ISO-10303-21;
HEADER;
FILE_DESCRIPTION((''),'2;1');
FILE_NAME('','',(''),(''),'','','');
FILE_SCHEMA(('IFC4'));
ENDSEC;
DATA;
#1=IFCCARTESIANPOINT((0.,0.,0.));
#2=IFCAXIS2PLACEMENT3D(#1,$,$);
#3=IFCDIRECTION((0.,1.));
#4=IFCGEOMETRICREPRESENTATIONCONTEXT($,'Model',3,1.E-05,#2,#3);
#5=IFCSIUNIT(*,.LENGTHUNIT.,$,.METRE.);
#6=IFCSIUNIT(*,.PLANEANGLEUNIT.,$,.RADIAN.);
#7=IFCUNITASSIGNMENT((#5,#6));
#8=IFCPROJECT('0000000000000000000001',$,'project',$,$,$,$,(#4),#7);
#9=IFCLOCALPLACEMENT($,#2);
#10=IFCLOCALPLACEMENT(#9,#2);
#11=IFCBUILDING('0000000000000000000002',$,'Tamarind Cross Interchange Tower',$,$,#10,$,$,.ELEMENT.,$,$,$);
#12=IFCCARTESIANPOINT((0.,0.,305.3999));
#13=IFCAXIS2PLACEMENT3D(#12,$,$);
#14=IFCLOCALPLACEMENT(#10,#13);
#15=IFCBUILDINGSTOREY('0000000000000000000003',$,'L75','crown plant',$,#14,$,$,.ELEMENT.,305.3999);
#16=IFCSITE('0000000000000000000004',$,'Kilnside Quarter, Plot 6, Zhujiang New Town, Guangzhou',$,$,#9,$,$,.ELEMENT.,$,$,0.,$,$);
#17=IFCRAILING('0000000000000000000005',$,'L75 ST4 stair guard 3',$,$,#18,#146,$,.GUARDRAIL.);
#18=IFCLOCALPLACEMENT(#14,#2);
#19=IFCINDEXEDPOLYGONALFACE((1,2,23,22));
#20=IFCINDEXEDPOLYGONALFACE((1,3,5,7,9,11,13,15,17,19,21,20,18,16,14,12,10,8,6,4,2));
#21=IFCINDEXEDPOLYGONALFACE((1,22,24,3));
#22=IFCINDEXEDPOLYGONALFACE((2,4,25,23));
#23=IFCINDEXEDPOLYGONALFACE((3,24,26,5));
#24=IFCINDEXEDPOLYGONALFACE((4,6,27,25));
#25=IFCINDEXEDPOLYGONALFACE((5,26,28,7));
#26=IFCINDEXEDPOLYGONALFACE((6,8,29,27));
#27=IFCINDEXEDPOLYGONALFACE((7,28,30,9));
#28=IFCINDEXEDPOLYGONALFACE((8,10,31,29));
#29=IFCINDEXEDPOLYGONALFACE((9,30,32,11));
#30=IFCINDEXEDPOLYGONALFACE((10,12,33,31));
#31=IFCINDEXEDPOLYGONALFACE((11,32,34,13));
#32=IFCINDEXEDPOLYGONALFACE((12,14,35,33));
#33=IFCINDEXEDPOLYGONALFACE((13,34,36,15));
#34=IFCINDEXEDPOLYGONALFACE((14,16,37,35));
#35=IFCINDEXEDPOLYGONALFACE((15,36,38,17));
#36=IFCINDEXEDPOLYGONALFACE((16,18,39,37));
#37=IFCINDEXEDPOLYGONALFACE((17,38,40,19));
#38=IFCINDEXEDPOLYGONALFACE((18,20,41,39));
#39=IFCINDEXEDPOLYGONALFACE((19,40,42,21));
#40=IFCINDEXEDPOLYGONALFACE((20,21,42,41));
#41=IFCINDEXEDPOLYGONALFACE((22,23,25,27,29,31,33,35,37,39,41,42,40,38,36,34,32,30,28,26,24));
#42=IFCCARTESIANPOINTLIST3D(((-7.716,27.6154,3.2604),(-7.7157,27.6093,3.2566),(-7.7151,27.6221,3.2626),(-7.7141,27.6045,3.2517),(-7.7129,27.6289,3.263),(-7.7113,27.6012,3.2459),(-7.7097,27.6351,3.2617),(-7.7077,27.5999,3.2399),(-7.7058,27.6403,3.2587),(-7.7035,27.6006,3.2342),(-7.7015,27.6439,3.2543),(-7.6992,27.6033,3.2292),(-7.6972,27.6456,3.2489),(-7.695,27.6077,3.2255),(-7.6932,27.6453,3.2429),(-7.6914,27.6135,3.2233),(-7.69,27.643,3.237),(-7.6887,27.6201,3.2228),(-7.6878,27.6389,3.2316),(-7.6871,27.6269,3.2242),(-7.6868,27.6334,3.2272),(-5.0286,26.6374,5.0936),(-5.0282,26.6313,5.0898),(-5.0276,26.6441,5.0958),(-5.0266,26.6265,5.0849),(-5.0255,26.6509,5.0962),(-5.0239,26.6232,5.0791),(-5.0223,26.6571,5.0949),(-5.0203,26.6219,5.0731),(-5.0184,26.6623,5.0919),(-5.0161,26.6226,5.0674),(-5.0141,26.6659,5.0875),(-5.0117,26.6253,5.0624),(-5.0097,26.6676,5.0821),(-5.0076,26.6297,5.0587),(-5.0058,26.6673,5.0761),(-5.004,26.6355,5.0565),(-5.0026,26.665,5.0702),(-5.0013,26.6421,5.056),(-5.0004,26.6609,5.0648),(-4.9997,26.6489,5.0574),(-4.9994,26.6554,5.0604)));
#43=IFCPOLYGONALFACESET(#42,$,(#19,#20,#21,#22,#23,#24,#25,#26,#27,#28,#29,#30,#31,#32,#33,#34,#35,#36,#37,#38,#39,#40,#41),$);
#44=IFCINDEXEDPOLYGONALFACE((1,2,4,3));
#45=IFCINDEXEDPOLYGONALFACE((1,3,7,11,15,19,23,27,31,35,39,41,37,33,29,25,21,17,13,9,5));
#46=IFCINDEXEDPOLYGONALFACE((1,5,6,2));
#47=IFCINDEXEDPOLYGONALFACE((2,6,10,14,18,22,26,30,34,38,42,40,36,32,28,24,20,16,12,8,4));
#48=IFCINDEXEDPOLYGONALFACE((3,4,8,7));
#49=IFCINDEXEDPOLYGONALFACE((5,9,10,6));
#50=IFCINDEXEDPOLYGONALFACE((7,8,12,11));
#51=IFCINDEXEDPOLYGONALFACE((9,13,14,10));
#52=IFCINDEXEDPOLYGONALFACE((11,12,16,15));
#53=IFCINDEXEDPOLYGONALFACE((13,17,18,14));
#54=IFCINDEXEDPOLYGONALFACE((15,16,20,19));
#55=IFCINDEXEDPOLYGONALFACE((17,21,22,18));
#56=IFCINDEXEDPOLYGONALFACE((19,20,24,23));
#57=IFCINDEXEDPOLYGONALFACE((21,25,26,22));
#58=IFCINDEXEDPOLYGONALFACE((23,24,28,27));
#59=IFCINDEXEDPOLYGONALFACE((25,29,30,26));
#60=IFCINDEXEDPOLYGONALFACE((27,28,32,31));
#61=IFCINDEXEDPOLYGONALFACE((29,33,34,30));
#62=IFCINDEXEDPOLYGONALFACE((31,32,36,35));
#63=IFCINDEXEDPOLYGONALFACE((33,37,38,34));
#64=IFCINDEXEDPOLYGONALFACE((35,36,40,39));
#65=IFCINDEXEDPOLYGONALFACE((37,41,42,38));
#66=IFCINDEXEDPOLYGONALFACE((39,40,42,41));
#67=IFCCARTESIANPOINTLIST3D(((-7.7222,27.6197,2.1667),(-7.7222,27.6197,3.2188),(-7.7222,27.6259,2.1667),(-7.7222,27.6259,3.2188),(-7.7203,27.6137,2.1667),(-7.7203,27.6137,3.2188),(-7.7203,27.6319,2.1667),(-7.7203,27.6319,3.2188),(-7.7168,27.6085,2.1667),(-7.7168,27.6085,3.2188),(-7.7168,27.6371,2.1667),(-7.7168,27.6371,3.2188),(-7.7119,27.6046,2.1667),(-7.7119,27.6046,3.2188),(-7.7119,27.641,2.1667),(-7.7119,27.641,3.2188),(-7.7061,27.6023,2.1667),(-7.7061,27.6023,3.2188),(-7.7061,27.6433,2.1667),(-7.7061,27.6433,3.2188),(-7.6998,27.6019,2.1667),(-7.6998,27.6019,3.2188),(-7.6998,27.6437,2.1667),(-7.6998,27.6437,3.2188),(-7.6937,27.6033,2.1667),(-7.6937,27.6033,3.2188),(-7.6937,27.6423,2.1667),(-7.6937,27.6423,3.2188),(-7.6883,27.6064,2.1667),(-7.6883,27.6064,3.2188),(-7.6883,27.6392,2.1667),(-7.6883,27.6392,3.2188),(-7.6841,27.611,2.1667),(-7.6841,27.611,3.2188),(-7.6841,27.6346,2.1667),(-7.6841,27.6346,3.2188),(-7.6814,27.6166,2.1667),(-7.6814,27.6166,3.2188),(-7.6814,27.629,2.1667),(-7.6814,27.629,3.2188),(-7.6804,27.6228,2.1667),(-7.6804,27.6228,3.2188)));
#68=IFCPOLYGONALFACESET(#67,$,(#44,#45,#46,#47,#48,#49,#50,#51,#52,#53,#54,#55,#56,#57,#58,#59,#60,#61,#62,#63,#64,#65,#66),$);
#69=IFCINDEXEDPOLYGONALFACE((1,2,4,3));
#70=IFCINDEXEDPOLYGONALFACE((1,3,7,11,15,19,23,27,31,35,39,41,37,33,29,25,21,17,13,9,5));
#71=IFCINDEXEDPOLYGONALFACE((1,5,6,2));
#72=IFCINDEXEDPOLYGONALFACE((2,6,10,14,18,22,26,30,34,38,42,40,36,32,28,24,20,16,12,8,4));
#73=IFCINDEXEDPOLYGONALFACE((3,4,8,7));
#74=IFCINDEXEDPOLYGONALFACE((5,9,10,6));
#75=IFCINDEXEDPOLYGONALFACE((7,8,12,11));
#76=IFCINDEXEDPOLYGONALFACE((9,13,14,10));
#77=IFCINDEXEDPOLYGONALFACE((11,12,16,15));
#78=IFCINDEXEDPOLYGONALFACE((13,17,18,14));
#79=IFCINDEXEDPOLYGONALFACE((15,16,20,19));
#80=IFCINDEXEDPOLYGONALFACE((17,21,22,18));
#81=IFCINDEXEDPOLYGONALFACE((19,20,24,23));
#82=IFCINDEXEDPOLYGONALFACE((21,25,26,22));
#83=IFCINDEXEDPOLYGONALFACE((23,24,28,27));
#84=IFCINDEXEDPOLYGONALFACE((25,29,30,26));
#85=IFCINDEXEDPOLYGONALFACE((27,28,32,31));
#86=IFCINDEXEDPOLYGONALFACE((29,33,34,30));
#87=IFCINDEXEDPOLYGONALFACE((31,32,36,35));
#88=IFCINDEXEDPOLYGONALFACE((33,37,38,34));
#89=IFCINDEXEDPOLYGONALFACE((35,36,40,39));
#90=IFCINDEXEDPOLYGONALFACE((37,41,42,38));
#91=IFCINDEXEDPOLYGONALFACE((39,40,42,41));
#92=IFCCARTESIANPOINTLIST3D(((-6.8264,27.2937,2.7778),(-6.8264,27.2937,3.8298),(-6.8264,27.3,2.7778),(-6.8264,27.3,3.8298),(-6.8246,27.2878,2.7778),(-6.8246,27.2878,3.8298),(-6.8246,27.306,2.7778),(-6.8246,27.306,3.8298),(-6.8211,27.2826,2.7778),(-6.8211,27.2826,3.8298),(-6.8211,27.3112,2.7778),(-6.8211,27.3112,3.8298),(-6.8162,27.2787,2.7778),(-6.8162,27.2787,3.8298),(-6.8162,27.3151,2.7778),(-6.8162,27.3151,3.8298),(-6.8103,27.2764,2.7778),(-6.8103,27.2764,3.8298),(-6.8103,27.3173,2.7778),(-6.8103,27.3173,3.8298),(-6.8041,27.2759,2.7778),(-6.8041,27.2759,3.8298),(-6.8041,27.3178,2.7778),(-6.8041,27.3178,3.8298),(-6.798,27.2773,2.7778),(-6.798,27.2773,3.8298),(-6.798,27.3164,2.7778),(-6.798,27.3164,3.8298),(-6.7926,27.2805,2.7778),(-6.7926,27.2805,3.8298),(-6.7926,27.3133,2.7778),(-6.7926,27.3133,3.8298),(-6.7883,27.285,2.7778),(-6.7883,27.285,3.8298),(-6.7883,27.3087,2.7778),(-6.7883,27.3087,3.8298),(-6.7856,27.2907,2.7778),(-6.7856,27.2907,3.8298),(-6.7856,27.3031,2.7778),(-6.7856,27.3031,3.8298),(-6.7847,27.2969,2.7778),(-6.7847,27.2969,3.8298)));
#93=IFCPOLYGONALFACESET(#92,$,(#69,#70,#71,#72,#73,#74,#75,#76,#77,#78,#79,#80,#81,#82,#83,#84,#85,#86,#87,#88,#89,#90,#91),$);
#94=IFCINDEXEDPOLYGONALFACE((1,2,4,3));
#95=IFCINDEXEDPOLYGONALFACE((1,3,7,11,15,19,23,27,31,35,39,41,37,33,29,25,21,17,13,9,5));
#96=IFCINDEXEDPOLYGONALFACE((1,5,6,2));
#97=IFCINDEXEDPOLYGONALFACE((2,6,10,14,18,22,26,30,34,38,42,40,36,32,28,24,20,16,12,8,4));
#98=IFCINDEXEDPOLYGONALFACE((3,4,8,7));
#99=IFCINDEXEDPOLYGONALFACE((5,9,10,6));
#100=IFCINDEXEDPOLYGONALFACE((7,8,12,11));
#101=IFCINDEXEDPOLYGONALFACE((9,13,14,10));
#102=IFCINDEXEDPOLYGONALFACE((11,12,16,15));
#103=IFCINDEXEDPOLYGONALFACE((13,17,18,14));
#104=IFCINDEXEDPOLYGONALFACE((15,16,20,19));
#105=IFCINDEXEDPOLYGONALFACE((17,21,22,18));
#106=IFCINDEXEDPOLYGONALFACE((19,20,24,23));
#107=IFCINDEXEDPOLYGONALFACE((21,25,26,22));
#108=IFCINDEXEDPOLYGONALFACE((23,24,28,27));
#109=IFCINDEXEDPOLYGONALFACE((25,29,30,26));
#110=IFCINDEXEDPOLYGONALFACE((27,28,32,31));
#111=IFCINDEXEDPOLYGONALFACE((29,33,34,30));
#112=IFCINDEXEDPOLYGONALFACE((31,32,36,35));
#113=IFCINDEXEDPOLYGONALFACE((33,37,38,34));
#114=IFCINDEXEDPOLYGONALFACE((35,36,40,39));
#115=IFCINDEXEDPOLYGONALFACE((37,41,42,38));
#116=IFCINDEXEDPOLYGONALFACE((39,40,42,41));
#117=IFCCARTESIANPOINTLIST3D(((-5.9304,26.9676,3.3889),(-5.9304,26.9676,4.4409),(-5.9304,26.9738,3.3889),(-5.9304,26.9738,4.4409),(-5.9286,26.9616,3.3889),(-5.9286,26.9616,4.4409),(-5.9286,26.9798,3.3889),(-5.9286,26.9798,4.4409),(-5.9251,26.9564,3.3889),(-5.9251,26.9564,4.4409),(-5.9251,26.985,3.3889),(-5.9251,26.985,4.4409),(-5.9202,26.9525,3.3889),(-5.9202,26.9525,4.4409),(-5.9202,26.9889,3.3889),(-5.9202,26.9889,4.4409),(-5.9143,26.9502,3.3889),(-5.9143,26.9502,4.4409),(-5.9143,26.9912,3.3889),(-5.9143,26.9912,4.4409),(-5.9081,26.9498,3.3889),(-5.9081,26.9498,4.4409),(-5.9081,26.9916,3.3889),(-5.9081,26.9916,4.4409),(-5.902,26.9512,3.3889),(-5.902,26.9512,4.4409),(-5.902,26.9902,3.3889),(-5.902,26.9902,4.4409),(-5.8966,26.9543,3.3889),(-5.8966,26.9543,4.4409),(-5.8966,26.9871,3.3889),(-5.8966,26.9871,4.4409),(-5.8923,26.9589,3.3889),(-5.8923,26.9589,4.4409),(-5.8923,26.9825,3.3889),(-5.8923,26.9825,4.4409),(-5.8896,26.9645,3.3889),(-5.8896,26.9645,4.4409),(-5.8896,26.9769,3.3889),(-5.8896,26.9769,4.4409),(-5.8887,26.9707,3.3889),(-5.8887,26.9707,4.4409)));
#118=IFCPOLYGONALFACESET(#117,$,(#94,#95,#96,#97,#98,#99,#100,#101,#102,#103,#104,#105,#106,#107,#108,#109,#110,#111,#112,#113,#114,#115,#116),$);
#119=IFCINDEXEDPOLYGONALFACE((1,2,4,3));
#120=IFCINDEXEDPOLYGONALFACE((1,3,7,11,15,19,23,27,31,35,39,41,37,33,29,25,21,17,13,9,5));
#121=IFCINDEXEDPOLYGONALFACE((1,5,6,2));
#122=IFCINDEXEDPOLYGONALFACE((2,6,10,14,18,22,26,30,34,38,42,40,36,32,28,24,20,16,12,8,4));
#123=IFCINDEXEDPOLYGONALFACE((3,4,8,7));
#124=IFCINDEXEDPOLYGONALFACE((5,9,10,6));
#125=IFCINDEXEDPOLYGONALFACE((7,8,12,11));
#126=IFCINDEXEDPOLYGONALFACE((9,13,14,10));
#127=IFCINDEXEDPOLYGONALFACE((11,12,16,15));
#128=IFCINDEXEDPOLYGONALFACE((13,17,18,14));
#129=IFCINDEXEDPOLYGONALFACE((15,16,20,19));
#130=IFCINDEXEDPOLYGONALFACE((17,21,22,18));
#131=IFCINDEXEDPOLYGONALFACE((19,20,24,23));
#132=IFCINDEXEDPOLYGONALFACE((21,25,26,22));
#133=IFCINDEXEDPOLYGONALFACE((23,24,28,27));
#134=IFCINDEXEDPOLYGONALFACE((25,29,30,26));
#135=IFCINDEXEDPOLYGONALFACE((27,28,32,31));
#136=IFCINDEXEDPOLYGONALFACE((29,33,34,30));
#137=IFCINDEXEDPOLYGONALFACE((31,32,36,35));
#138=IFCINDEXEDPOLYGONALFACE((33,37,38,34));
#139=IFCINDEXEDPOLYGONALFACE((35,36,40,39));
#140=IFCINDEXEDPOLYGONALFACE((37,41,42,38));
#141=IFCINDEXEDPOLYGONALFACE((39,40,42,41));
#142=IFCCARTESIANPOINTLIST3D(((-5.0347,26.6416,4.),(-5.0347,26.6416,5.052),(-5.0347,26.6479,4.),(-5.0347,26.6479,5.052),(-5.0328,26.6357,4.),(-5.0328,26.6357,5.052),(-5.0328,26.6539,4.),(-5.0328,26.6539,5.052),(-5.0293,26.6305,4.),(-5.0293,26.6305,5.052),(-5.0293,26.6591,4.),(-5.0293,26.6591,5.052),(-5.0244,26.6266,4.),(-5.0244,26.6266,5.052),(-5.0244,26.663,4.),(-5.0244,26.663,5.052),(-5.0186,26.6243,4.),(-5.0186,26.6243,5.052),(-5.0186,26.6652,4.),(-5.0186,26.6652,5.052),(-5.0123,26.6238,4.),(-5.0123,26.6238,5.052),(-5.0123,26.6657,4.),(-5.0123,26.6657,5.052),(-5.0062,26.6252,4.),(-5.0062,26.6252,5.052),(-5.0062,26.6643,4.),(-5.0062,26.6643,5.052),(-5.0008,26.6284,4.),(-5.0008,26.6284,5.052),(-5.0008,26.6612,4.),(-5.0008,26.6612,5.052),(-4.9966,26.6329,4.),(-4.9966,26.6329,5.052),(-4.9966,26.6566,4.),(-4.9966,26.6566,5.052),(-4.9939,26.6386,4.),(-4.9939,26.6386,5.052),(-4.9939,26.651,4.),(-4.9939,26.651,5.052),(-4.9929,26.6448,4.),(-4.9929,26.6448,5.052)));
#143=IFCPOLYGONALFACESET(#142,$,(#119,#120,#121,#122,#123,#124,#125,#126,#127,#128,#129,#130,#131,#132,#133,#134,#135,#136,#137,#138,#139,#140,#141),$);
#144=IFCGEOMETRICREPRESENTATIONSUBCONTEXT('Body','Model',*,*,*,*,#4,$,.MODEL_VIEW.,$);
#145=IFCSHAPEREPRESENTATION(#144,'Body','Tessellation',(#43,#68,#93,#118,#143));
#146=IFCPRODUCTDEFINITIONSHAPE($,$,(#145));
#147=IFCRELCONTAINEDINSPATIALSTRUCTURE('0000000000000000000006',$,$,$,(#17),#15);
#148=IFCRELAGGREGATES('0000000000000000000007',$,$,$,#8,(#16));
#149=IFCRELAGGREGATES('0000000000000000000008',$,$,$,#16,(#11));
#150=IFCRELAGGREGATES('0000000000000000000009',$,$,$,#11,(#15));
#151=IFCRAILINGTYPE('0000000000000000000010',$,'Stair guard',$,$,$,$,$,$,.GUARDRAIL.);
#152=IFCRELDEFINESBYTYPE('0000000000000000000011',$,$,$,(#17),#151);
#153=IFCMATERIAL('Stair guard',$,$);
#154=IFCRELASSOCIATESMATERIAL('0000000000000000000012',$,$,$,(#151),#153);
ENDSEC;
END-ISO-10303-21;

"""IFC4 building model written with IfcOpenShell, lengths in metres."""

from ifc_helpers import new_model, si_unit, direction, frame, origin, origin_2d, place, context, subcontext, project, spatial, circle, extrude, material, type_object, element, save


model = new_model("IFC4")

# Units and contexts
model_context = context("Model", 3, precision=1e-05, world=origin(), true_north=direction((0.0, 1.0)))
body_context = subcontext(model_context, "Body", "Model", "MODEL_VIEW")
ifc_project = project(units=[si_unit("LENGTHUNIT", "METRE"), si_unit("PLANEANGLEUNIT", "RADIAN")], contexts=[model_context])

# Site, building, storey
site_placement = place(None, origin())
site = spatial("IfcSite", under=ifc_project, at=site_placement, Name="Kilnside Quarter, Plot 6, Zhujiang New Town, Guangzhou", CompositionType="ELEMENT", RefElevation=0.0)
building_placement = place(site_placement, origin())
building = spatial("IfcBuilding", under=site, at=building_placement, Name="Tamarind Cross Interchange Tower", CompositionType="ELEMENT")
storey_placement = place(building_placement, frame((0.0, 0.0, 305.3999)))
storey = spatial("IfcBuildingStorey", under=building, at=storey_placement, Name="L75", Description="crown plant", CompositionType="ELEMENT", Elevation=305.3999)

# Railing
ifc_material_1 = material(Name="Stair guard")
railing_type_1 = type_object("IfcRailingType", Name="Stair guard", PredefinedType="GUARDRAIL", material=ifc_material_1)
railing_1_placement = place(storey_placement, frame((-7.7014, 27.6228, 2.1667)))
element("IfcRailing", 1, at=railing_1_placement, inside=storey, type_object=railing_type_1, Name="L75 ST4 stair guard 3", PredefinedType="GUARDRAIL", context=body_context, shape_type="SweptSolid", body=[
    extrude(circle(Radius=0.0239, at=origin_2d()), frame((0.0, 0.0, 1.0762), z_axis=(0.791126, -0.287904, 0.539659), x_axis=(0.341976, 0.939709, 0.0)), (0.0, 0.0, 1.0), 3.397),
    extrude(circle(Radius=0.021, at=origin_2d()), origin(), (0.0, 0.0, 1.0), 1.052),
    extrude(circle(Radius=0.021, at=origin_2d()), frame((0.8958, -0.3259, 0.6111)), (0.0, 0.0, 1.0), 1.052),
    extrude(circle(Radius=0.021, at=origin_2d()), frame((1.7917, -0.6521, 1.2222)), (0.0, 0.0, 1.0), 1.052),
    extrude(circle(Radius=0.021, at=origin_2d()), frame((2.6875, -0.978, 1.8333)), (0.0, 0.0, 1.0), 1.052),
])

save(model, "model.ifc")
